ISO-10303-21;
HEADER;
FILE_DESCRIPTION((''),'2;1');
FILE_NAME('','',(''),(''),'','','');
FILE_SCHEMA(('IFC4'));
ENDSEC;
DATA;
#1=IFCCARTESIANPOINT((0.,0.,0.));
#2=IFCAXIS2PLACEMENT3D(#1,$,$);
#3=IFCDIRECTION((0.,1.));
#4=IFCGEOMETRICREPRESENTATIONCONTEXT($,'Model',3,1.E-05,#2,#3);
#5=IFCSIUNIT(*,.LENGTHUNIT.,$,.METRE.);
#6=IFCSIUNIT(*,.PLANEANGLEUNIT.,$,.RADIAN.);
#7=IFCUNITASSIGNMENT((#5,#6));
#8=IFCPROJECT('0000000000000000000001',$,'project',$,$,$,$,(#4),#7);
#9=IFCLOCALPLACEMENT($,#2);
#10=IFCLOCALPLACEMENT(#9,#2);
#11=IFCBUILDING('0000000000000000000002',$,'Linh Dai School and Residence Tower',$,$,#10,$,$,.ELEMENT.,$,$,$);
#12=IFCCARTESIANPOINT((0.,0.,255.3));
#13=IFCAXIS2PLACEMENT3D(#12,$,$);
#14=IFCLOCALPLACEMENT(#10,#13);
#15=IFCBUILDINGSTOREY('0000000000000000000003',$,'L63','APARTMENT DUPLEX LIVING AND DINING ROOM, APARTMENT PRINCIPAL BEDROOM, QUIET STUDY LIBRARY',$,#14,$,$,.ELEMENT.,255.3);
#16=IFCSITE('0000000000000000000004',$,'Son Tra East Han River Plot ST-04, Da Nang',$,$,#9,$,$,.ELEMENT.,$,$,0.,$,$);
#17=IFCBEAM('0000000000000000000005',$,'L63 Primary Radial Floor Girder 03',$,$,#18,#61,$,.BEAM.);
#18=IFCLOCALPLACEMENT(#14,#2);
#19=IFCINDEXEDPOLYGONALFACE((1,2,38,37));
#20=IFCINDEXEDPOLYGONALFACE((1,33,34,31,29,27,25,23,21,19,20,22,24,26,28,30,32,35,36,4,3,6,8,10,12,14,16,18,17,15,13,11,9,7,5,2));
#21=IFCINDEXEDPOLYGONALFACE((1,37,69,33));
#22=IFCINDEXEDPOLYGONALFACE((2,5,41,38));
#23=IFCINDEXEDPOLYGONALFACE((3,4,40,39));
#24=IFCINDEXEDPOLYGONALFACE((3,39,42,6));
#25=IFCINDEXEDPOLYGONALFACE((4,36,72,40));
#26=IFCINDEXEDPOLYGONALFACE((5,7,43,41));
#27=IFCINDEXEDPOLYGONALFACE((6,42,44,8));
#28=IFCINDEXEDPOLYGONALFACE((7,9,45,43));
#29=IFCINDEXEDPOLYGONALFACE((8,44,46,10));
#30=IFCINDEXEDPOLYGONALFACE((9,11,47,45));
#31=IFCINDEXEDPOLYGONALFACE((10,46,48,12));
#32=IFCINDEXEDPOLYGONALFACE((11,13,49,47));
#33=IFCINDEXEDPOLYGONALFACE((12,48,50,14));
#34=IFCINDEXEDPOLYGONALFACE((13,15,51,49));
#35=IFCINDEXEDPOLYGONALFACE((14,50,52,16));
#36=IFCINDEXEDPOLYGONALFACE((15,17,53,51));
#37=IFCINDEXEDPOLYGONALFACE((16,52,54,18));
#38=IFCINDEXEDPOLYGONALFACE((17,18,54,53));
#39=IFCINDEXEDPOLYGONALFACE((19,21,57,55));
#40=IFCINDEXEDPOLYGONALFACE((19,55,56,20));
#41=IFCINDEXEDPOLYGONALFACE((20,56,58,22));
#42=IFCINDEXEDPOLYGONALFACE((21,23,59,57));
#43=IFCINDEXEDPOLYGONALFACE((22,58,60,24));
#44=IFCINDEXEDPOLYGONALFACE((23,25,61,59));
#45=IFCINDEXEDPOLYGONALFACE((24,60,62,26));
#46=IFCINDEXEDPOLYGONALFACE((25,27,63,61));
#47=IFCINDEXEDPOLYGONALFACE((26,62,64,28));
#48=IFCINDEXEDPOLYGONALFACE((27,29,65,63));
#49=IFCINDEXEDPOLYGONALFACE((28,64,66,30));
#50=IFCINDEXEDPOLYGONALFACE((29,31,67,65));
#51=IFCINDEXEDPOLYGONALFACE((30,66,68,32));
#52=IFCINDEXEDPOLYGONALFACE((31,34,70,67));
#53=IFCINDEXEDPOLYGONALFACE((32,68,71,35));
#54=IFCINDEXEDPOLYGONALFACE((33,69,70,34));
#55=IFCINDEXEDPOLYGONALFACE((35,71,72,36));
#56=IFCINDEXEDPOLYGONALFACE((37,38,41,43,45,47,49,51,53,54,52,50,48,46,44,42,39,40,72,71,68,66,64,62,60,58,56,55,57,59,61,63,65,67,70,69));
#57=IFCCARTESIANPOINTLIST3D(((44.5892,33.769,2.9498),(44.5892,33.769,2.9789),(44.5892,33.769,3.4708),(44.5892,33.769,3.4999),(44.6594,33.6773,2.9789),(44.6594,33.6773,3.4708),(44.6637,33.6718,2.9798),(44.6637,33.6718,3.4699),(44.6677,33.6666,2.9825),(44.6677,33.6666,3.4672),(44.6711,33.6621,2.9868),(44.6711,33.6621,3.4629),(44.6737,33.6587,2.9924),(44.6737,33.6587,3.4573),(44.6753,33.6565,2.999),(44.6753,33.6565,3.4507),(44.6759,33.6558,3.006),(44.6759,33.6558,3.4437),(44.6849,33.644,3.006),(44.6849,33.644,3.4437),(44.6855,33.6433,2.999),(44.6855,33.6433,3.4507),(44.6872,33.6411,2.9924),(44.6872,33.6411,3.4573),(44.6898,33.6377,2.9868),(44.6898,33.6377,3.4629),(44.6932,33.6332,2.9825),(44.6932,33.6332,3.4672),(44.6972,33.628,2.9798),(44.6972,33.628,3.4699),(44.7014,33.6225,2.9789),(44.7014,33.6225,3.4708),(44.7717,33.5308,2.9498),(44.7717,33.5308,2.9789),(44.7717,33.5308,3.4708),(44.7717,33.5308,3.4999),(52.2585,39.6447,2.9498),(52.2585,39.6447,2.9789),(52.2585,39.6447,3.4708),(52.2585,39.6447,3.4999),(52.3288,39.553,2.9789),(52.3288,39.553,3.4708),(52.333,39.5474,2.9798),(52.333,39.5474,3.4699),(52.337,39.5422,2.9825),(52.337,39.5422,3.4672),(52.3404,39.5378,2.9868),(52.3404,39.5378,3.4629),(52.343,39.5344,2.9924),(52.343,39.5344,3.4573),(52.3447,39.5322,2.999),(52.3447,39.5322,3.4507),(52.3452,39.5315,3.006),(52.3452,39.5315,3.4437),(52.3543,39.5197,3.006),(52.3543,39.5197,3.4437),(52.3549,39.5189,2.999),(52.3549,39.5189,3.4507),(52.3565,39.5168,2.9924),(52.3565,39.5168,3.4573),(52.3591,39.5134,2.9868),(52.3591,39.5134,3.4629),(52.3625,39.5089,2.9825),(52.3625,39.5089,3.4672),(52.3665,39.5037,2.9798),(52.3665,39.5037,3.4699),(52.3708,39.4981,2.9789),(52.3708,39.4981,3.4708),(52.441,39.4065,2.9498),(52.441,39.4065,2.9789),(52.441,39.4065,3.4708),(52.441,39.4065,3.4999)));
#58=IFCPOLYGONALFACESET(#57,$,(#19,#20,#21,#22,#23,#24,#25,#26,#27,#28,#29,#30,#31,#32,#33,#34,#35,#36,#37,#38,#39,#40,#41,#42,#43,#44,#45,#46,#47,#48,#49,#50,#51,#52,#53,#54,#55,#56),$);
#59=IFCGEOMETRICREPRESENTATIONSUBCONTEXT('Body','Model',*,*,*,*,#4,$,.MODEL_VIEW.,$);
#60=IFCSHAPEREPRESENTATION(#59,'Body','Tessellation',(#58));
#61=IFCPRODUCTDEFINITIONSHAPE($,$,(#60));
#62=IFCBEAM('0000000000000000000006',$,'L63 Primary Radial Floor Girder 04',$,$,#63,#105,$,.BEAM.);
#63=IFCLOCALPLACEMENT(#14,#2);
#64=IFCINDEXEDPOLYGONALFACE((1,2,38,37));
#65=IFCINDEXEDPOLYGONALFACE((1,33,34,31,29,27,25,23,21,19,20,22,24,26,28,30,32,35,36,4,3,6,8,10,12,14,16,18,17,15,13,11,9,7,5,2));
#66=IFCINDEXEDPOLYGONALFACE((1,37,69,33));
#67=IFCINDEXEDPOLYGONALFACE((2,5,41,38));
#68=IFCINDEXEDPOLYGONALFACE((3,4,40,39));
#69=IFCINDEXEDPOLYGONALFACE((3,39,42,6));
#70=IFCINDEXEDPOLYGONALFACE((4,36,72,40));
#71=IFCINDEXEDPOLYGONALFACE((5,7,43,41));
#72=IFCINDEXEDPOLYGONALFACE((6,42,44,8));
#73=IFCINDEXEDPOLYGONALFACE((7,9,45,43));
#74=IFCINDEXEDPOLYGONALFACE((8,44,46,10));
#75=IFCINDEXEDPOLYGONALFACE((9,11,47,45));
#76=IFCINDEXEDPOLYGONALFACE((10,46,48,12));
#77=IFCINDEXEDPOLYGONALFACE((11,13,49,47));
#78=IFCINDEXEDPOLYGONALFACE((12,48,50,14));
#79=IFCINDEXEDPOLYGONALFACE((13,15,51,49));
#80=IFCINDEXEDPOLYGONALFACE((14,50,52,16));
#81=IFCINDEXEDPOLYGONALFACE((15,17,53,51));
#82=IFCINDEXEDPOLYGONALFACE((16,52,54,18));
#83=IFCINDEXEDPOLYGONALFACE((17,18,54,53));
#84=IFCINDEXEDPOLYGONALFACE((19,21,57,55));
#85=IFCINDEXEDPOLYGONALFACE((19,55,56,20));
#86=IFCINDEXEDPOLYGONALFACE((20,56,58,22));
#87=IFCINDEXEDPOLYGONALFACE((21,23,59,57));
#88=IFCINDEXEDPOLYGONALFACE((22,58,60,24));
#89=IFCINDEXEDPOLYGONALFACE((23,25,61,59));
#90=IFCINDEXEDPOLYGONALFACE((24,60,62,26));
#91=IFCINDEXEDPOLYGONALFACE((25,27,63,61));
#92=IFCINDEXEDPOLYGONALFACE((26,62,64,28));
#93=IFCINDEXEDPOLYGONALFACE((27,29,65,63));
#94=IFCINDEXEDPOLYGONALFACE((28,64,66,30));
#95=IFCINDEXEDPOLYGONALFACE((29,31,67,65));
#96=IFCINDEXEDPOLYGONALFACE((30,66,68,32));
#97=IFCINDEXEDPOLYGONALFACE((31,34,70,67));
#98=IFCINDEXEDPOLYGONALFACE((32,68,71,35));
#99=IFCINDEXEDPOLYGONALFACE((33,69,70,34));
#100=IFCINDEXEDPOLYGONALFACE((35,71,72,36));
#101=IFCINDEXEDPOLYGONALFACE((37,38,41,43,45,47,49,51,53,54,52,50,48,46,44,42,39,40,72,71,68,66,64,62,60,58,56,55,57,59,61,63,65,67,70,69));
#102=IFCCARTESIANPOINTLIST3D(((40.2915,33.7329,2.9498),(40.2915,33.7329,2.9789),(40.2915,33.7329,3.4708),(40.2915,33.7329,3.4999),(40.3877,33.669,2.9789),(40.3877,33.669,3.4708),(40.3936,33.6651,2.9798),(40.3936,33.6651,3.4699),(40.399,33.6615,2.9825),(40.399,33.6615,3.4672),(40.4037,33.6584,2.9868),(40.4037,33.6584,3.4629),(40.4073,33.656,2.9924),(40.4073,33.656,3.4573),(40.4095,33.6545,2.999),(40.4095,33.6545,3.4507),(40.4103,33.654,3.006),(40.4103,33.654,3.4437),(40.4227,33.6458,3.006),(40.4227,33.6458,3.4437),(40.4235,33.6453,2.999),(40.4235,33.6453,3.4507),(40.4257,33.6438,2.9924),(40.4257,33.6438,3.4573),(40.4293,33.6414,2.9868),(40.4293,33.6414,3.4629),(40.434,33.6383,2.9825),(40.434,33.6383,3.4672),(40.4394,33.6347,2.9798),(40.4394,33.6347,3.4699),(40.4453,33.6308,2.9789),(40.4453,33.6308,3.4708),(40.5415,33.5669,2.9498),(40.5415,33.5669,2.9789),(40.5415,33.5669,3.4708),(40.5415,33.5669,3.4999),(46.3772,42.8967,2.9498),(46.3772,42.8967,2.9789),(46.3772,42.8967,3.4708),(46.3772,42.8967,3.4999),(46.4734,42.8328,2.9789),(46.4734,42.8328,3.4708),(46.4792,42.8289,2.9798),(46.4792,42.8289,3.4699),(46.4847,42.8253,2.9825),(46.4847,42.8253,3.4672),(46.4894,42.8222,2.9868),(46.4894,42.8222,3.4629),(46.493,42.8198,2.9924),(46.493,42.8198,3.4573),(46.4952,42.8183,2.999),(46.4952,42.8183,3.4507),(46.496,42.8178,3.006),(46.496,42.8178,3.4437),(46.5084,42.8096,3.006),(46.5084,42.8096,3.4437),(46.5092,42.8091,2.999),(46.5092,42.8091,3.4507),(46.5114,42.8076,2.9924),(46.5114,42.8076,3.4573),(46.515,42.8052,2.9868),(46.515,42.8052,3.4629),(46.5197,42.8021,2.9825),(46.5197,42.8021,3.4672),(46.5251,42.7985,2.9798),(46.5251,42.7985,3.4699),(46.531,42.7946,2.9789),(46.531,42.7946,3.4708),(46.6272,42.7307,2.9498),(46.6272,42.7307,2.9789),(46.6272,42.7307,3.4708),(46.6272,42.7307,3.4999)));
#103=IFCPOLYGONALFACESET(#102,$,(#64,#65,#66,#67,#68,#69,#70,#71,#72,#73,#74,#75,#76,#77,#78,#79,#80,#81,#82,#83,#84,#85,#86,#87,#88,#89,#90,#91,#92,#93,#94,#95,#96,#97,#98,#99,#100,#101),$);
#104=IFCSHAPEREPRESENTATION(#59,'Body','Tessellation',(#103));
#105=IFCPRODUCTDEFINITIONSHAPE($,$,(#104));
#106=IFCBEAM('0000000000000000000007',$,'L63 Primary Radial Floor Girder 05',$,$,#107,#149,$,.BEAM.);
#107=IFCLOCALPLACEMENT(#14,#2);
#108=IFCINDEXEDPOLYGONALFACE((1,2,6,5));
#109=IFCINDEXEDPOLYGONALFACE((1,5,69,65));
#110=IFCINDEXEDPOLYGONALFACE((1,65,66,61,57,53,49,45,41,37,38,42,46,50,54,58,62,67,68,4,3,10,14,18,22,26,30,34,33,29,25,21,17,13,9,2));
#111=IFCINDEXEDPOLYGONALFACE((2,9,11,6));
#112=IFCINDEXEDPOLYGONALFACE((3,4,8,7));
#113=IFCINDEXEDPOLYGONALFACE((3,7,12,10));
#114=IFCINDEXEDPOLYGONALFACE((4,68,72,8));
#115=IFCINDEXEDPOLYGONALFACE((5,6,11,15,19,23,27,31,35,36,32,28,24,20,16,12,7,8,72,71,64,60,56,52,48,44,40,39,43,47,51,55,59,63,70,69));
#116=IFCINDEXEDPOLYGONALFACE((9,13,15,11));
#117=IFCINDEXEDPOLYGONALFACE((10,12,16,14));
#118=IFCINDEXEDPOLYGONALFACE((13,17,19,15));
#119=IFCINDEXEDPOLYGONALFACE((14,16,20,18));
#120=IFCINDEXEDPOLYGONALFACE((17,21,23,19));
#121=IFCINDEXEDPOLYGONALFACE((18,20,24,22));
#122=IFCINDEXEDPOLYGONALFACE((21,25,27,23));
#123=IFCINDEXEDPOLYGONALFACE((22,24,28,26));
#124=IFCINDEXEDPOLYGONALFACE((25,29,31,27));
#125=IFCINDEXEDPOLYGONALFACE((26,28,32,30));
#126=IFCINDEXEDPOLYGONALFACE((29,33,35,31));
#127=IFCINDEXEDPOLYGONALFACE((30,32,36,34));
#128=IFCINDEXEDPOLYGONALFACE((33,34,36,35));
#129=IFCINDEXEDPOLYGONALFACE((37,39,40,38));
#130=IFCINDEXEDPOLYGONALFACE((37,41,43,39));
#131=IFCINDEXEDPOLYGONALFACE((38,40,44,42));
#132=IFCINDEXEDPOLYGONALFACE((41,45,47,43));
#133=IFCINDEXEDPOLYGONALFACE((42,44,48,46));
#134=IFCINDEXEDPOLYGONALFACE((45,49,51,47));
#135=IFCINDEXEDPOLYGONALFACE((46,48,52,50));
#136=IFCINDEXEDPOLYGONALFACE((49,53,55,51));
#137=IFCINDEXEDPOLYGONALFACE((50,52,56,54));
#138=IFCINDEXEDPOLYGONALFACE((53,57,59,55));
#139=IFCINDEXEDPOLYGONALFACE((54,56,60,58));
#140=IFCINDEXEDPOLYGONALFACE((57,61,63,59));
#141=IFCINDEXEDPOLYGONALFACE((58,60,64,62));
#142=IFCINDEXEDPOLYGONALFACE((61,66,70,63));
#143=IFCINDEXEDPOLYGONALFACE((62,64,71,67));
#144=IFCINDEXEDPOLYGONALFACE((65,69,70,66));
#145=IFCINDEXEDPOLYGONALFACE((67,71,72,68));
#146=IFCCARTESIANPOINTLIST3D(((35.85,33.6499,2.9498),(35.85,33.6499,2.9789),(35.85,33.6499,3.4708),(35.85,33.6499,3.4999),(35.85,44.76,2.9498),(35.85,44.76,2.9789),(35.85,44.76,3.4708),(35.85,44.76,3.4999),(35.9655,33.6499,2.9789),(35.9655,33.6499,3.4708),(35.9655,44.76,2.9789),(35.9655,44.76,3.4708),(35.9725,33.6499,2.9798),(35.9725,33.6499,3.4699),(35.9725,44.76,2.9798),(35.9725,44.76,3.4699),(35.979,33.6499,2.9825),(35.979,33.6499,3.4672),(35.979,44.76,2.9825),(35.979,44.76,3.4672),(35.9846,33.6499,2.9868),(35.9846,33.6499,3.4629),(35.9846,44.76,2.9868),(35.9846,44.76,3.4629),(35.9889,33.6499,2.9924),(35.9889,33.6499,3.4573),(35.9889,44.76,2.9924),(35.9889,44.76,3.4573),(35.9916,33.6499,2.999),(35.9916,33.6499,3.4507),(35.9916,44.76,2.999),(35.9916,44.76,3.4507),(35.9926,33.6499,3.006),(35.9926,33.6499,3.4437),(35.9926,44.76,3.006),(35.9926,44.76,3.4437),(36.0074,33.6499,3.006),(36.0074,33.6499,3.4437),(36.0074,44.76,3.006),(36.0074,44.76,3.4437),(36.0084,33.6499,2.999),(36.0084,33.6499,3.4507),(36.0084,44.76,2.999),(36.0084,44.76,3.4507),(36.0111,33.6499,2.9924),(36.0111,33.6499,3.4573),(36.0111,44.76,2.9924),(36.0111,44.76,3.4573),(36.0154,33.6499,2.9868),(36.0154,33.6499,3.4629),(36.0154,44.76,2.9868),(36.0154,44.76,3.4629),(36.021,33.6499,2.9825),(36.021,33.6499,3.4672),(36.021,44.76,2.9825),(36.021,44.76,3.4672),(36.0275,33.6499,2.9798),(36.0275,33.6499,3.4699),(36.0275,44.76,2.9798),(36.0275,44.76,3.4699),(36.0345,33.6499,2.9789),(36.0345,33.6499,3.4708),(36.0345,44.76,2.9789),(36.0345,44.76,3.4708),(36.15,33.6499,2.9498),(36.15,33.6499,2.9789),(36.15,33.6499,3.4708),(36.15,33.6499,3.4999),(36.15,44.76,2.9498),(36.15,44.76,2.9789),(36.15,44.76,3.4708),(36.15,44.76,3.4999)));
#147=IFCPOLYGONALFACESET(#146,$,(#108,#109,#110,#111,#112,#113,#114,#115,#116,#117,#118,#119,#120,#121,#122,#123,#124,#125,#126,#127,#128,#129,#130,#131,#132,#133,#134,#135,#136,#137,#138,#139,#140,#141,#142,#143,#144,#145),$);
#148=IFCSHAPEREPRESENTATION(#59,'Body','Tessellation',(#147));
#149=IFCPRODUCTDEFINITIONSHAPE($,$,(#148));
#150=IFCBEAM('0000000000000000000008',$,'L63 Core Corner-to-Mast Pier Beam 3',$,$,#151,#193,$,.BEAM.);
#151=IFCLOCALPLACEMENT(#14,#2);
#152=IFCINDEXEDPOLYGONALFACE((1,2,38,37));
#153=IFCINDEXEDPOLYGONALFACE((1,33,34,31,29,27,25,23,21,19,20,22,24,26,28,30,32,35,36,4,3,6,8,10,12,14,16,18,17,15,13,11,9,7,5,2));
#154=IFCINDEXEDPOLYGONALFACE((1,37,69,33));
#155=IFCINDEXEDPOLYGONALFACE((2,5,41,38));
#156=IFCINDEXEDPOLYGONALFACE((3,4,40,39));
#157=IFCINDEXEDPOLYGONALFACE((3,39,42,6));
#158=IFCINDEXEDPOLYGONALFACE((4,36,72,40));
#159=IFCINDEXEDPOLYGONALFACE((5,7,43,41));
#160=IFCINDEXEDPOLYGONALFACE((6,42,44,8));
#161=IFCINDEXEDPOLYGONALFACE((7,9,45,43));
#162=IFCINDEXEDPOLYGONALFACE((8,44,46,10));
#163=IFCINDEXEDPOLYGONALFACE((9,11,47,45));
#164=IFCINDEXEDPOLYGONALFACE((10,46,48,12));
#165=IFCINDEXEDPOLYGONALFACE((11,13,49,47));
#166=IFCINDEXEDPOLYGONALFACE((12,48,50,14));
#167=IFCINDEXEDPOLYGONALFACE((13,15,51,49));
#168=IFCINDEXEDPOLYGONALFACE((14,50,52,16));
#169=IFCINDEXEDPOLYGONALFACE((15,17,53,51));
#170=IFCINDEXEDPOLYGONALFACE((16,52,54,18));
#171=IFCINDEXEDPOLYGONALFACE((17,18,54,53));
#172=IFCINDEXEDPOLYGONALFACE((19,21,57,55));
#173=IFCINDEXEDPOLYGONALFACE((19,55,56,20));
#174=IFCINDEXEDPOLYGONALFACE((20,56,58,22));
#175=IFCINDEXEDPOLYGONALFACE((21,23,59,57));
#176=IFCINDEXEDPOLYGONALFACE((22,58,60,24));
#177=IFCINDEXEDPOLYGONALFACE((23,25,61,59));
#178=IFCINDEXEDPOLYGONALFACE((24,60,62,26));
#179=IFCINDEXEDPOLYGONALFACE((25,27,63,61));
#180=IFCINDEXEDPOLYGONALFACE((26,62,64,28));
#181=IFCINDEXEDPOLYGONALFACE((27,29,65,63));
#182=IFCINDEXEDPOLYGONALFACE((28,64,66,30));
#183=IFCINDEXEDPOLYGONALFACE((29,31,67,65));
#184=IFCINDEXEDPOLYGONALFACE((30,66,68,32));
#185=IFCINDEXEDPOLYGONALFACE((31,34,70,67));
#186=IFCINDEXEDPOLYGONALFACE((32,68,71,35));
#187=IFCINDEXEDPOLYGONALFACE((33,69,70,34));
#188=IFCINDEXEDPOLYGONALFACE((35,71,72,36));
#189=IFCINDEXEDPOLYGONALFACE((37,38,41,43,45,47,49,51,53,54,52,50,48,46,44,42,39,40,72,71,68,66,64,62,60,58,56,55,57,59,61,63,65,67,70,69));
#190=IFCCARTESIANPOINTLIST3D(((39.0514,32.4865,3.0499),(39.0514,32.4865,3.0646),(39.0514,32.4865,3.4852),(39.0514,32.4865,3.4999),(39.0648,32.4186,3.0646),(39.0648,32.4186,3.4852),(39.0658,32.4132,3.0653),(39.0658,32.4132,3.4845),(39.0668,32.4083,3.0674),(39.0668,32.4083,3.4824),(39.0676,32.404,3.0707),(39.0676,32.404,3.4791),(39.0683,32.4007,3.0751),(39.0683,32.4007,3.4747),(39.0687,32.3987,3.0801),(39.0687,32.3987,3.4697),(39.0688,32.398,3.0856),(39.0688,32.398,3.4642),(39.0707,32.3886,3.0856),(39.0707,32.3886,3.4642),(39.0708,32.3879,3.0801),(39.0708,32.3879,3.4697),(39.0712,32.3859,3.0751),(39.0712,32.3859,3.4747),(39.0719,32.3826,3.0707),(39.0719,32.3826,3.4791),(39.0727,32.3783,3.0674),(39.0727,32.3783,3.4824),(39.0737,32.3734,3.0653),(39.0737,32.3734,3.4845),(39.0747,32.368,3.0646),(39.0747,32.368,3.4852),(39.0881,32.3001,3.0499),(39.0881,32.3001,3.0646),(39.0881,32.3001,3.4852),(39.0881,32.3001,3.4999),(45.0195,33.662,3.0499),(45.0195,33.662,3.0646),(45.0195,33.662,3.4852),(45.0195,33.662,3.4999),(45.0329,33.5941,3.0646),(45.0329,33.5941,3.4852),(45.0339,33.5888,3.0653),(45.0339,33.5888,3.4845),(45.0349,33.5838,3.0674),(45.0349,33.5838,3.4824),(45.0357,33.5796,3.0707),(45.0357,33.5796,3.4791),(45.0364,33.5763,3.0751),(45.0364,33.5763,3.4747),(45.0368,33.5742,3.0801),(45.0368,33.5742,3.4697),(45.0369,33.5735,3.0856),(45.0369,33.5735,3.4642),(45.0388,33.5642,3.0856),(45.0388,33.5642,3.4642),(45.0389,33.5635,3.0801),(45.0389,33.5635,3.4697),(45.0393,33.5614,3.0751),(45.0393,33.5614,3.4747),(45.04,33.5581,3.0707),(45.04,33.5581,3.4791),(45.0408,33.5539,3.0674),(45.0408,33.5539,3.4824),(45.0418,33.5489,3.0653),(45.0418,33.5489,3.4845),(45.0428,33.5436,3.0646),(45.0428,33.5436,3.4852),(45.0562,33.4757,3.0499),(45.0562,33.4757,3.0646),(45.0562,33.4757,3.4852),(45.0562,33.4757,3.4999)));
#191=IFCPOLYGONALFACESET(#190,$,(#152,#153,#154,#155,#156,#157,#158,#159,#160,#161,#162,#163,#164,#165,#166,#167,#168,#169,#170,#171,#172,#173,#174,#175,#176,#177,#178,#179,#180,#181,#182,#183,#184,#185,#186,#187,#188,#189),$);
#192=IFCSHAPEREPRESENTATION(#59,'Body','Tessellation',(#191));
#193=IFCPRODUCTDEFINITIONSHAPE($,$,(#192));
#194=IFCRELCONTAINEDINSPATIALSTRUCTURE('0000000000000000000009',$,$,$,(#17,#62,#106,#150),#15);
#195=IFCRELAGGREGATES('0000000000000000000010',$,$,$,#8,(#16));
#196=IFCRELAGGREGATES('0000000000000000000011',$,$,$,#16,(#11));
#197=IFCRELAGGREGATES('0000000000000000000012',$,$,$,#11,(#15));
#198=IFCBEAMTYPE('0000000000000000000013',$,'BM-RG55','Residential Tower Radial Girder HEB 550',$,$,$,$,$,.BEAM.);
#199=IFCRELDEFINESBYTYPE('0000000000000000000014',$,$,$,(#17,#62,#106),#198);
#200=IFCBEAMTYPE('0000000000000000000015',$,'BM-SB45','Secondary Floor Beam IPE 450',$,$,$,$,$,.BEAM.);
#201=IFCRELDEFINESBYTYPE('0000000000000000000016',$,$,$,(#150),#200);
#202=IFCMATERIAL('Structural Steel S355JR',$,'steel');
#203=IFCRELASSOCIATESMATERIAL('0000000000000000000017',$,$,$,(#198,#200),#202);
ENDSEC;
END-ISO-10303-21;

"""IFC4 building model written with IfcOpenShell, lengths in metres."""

from ifc_helpers import new_model, si_unit, direction, frame, origin, origin_2d, place, context, subcontext, project, spatial, i_section, extrude, material, material_profile, profile_set, type_object, element, save


model = new_model("IFC4")

# Units and contexts
model_context = context("Model", 3, precision=1e-05, world=origin(), true_north=direction((0.0, 1.0)))
body_context = subcontext(model_context, "Body", "Model", "MODEL_VIEW")
ifc_project = project(units=[si_unit("LENGTHUNIT", "METRE"), si_unit("PLANEANGLEUNIT", "RADIAN")], contexts=[model_context])

# Site, building, storey
site_placement = place(None, origin())
site = spatial("IfcSite", under=ifc_project, at=site_placement, Name="Son Tra East Han River Plot ST-04, Da Nang", CompositionType="ELEMENT", RefElevation=0.0)
building_placement = place(site_placement, origin())
building = spatial("IfcBuilding", under=site, at=building_placement, Name="Linh Dai School and Residence Tower", CompositionType="ELEMENT")
storey_placement = place(building_placement, frame((0.0, 0.0, 255.3)))
storey = spatial("IfcBuildingStorey", under=building, at=storey_placement, Name="L63", Description="APARTMENT DUPLEX LIVING AND DINING ROOM, APARTMENT PRINCIPAL BEDROOM, QUIET STUDY LIBRARY", CompositionType="ELEMENT", Elevation=255.3)

# Shared definitions
ifc_material_1 = material(Name="Structural Steel S355JR", Category="steel")

# Beams
ifc_material_profile_1 = material_profile(ifc_material_1, i_section(OverallWidth=0.3, OverallDepth=0.55, WebThickness=0.0149, FlangeThickness=0.0291, FilletRadius=0.0271, at=origin_2d()), Name="HEB 550")
ifc_profile_set_1 = profile_set([ifc_material_profile_1], Name="Structural Steel S355JR")
beam_type_1 = type_object("IfcBeamType", Name="BM-RG55", Description="Residential Tower Radial Girder HEB 550", PredefinedType="BEAM", material=ifc_profile_set_1)
beam_1_placement = place(storey_placement, frame((44.6804, 33.6499, 3.2249), z_axis=(0.793815, 0.60816, 0.0), x_axis=(-0.60816, 0.793815, 0.0)))
element("IfcBeam", 1, at=beam_1_placement, inside=storey, type_object=beam_type_1, Name="L63 Primary Radial Floor Girder 03", PredefinedType="BEAM", context=body_context, shape_type="SweptSolid", body=[
    extrude(i_section(OverallWidth=0.3, OverallDepth=0.55, WebThickness=0.0149, FlangeThickness=0.0291, FilletRadius=0.0271, at=origin_2d()), origin(), (0.0, 0.0, 1.0), 9.6614),
])
beam_2_placement = place(storey_placement, frame((40.4165, 33.6499, 3.2249), z_axis=(0.553219, 0.833036, 0.0), x_axis=(-0.833036, 0.553219, 0.0)))
element("IfcBeam", 2, at=beam_2_placement, inside=storey, type_object=beam_type_1, Name="L63 Primary Radial Floor Girder 04", PredefinedType="BEAM", context=body_context, shape_type="SweptSolid", body=[
    extrude(i_section(OverallWidth=0.3, OverallDepth=0.55, WebThickness=0.0149, FlangeThickness=0.0291, FilletRadius=0.0271, at=origin_2d()), origin(), (0.0, 0.0, 1.0), 11.0005),
])
beam_3_placement = place(storey_placement, frame((36.0, 33.6499, 3.2249), z_axis=(0.0, 1.0, 0.0), x_axis=(-1.0, 0.0, 0.0)))
element("IfcBeam", 3, at=beam_3_placement, inside=storey, type_object=beam_type_1, Name="L63 Primary Radial Floor Girder 05", PredefinedType="BEAM", context=body_context, shape_type="SweptSolid", body=[
    extrude(i_section(OverallWidth=0.3, OverallDepth=0.55, WebThickness=0.0149, FlangeThickness=0.0291, FilletRadius=0.0271, at=origin_2d()), origin(), (0.0, 0.0, 1.0), 11.1101),
])
ifc_material_profile_2 = material_profile(ifc_material_1, i_section(OverallWidth=0.1899, OverallDepth=0.45, WebThickness=0.0095, FlangeThickness=0.0146, FilletRadius=0.021, at=origin_2d()), Name="IPE 450")
ifc_profile_set_2 = profile_set([ifc_material_profile_2], Name="Structural Steel S355JR")
beam_type_2 = type_object("IfcBeamType", Name="BM-SB45", Description="Secondary Floor Beam IPE 450", PredefinedType="BEAM", material=ifc_profile_set_2)
beam_4_placement = place(storey_placement, frame((45.0378, 33.5688, 3.2749), z_axis=(-0.981148, -0.193259, 0.0), x_axis=(0.193259, -0.981148, 0.0)))
element("IfcBeam", 4, at=beam_4_placement, inside=storey, type_object=beam_type_2, Name="L63 Core Corner-to-Mast Pier Beam 3", PredefinedType="BEAM", context=body_context, shape_type="SweptSolid", body=[
    extrude(i_section(OverallWidth=0.1899, OverallDepth=0.45, WebThickness=0.0095, FlangeThickness=0.0146, FilletRadius=0.021, at=origin_2d()), origin(), (0.0, 0.0, 1.0), 6.0828),
])

save(model, "model.ifc")
